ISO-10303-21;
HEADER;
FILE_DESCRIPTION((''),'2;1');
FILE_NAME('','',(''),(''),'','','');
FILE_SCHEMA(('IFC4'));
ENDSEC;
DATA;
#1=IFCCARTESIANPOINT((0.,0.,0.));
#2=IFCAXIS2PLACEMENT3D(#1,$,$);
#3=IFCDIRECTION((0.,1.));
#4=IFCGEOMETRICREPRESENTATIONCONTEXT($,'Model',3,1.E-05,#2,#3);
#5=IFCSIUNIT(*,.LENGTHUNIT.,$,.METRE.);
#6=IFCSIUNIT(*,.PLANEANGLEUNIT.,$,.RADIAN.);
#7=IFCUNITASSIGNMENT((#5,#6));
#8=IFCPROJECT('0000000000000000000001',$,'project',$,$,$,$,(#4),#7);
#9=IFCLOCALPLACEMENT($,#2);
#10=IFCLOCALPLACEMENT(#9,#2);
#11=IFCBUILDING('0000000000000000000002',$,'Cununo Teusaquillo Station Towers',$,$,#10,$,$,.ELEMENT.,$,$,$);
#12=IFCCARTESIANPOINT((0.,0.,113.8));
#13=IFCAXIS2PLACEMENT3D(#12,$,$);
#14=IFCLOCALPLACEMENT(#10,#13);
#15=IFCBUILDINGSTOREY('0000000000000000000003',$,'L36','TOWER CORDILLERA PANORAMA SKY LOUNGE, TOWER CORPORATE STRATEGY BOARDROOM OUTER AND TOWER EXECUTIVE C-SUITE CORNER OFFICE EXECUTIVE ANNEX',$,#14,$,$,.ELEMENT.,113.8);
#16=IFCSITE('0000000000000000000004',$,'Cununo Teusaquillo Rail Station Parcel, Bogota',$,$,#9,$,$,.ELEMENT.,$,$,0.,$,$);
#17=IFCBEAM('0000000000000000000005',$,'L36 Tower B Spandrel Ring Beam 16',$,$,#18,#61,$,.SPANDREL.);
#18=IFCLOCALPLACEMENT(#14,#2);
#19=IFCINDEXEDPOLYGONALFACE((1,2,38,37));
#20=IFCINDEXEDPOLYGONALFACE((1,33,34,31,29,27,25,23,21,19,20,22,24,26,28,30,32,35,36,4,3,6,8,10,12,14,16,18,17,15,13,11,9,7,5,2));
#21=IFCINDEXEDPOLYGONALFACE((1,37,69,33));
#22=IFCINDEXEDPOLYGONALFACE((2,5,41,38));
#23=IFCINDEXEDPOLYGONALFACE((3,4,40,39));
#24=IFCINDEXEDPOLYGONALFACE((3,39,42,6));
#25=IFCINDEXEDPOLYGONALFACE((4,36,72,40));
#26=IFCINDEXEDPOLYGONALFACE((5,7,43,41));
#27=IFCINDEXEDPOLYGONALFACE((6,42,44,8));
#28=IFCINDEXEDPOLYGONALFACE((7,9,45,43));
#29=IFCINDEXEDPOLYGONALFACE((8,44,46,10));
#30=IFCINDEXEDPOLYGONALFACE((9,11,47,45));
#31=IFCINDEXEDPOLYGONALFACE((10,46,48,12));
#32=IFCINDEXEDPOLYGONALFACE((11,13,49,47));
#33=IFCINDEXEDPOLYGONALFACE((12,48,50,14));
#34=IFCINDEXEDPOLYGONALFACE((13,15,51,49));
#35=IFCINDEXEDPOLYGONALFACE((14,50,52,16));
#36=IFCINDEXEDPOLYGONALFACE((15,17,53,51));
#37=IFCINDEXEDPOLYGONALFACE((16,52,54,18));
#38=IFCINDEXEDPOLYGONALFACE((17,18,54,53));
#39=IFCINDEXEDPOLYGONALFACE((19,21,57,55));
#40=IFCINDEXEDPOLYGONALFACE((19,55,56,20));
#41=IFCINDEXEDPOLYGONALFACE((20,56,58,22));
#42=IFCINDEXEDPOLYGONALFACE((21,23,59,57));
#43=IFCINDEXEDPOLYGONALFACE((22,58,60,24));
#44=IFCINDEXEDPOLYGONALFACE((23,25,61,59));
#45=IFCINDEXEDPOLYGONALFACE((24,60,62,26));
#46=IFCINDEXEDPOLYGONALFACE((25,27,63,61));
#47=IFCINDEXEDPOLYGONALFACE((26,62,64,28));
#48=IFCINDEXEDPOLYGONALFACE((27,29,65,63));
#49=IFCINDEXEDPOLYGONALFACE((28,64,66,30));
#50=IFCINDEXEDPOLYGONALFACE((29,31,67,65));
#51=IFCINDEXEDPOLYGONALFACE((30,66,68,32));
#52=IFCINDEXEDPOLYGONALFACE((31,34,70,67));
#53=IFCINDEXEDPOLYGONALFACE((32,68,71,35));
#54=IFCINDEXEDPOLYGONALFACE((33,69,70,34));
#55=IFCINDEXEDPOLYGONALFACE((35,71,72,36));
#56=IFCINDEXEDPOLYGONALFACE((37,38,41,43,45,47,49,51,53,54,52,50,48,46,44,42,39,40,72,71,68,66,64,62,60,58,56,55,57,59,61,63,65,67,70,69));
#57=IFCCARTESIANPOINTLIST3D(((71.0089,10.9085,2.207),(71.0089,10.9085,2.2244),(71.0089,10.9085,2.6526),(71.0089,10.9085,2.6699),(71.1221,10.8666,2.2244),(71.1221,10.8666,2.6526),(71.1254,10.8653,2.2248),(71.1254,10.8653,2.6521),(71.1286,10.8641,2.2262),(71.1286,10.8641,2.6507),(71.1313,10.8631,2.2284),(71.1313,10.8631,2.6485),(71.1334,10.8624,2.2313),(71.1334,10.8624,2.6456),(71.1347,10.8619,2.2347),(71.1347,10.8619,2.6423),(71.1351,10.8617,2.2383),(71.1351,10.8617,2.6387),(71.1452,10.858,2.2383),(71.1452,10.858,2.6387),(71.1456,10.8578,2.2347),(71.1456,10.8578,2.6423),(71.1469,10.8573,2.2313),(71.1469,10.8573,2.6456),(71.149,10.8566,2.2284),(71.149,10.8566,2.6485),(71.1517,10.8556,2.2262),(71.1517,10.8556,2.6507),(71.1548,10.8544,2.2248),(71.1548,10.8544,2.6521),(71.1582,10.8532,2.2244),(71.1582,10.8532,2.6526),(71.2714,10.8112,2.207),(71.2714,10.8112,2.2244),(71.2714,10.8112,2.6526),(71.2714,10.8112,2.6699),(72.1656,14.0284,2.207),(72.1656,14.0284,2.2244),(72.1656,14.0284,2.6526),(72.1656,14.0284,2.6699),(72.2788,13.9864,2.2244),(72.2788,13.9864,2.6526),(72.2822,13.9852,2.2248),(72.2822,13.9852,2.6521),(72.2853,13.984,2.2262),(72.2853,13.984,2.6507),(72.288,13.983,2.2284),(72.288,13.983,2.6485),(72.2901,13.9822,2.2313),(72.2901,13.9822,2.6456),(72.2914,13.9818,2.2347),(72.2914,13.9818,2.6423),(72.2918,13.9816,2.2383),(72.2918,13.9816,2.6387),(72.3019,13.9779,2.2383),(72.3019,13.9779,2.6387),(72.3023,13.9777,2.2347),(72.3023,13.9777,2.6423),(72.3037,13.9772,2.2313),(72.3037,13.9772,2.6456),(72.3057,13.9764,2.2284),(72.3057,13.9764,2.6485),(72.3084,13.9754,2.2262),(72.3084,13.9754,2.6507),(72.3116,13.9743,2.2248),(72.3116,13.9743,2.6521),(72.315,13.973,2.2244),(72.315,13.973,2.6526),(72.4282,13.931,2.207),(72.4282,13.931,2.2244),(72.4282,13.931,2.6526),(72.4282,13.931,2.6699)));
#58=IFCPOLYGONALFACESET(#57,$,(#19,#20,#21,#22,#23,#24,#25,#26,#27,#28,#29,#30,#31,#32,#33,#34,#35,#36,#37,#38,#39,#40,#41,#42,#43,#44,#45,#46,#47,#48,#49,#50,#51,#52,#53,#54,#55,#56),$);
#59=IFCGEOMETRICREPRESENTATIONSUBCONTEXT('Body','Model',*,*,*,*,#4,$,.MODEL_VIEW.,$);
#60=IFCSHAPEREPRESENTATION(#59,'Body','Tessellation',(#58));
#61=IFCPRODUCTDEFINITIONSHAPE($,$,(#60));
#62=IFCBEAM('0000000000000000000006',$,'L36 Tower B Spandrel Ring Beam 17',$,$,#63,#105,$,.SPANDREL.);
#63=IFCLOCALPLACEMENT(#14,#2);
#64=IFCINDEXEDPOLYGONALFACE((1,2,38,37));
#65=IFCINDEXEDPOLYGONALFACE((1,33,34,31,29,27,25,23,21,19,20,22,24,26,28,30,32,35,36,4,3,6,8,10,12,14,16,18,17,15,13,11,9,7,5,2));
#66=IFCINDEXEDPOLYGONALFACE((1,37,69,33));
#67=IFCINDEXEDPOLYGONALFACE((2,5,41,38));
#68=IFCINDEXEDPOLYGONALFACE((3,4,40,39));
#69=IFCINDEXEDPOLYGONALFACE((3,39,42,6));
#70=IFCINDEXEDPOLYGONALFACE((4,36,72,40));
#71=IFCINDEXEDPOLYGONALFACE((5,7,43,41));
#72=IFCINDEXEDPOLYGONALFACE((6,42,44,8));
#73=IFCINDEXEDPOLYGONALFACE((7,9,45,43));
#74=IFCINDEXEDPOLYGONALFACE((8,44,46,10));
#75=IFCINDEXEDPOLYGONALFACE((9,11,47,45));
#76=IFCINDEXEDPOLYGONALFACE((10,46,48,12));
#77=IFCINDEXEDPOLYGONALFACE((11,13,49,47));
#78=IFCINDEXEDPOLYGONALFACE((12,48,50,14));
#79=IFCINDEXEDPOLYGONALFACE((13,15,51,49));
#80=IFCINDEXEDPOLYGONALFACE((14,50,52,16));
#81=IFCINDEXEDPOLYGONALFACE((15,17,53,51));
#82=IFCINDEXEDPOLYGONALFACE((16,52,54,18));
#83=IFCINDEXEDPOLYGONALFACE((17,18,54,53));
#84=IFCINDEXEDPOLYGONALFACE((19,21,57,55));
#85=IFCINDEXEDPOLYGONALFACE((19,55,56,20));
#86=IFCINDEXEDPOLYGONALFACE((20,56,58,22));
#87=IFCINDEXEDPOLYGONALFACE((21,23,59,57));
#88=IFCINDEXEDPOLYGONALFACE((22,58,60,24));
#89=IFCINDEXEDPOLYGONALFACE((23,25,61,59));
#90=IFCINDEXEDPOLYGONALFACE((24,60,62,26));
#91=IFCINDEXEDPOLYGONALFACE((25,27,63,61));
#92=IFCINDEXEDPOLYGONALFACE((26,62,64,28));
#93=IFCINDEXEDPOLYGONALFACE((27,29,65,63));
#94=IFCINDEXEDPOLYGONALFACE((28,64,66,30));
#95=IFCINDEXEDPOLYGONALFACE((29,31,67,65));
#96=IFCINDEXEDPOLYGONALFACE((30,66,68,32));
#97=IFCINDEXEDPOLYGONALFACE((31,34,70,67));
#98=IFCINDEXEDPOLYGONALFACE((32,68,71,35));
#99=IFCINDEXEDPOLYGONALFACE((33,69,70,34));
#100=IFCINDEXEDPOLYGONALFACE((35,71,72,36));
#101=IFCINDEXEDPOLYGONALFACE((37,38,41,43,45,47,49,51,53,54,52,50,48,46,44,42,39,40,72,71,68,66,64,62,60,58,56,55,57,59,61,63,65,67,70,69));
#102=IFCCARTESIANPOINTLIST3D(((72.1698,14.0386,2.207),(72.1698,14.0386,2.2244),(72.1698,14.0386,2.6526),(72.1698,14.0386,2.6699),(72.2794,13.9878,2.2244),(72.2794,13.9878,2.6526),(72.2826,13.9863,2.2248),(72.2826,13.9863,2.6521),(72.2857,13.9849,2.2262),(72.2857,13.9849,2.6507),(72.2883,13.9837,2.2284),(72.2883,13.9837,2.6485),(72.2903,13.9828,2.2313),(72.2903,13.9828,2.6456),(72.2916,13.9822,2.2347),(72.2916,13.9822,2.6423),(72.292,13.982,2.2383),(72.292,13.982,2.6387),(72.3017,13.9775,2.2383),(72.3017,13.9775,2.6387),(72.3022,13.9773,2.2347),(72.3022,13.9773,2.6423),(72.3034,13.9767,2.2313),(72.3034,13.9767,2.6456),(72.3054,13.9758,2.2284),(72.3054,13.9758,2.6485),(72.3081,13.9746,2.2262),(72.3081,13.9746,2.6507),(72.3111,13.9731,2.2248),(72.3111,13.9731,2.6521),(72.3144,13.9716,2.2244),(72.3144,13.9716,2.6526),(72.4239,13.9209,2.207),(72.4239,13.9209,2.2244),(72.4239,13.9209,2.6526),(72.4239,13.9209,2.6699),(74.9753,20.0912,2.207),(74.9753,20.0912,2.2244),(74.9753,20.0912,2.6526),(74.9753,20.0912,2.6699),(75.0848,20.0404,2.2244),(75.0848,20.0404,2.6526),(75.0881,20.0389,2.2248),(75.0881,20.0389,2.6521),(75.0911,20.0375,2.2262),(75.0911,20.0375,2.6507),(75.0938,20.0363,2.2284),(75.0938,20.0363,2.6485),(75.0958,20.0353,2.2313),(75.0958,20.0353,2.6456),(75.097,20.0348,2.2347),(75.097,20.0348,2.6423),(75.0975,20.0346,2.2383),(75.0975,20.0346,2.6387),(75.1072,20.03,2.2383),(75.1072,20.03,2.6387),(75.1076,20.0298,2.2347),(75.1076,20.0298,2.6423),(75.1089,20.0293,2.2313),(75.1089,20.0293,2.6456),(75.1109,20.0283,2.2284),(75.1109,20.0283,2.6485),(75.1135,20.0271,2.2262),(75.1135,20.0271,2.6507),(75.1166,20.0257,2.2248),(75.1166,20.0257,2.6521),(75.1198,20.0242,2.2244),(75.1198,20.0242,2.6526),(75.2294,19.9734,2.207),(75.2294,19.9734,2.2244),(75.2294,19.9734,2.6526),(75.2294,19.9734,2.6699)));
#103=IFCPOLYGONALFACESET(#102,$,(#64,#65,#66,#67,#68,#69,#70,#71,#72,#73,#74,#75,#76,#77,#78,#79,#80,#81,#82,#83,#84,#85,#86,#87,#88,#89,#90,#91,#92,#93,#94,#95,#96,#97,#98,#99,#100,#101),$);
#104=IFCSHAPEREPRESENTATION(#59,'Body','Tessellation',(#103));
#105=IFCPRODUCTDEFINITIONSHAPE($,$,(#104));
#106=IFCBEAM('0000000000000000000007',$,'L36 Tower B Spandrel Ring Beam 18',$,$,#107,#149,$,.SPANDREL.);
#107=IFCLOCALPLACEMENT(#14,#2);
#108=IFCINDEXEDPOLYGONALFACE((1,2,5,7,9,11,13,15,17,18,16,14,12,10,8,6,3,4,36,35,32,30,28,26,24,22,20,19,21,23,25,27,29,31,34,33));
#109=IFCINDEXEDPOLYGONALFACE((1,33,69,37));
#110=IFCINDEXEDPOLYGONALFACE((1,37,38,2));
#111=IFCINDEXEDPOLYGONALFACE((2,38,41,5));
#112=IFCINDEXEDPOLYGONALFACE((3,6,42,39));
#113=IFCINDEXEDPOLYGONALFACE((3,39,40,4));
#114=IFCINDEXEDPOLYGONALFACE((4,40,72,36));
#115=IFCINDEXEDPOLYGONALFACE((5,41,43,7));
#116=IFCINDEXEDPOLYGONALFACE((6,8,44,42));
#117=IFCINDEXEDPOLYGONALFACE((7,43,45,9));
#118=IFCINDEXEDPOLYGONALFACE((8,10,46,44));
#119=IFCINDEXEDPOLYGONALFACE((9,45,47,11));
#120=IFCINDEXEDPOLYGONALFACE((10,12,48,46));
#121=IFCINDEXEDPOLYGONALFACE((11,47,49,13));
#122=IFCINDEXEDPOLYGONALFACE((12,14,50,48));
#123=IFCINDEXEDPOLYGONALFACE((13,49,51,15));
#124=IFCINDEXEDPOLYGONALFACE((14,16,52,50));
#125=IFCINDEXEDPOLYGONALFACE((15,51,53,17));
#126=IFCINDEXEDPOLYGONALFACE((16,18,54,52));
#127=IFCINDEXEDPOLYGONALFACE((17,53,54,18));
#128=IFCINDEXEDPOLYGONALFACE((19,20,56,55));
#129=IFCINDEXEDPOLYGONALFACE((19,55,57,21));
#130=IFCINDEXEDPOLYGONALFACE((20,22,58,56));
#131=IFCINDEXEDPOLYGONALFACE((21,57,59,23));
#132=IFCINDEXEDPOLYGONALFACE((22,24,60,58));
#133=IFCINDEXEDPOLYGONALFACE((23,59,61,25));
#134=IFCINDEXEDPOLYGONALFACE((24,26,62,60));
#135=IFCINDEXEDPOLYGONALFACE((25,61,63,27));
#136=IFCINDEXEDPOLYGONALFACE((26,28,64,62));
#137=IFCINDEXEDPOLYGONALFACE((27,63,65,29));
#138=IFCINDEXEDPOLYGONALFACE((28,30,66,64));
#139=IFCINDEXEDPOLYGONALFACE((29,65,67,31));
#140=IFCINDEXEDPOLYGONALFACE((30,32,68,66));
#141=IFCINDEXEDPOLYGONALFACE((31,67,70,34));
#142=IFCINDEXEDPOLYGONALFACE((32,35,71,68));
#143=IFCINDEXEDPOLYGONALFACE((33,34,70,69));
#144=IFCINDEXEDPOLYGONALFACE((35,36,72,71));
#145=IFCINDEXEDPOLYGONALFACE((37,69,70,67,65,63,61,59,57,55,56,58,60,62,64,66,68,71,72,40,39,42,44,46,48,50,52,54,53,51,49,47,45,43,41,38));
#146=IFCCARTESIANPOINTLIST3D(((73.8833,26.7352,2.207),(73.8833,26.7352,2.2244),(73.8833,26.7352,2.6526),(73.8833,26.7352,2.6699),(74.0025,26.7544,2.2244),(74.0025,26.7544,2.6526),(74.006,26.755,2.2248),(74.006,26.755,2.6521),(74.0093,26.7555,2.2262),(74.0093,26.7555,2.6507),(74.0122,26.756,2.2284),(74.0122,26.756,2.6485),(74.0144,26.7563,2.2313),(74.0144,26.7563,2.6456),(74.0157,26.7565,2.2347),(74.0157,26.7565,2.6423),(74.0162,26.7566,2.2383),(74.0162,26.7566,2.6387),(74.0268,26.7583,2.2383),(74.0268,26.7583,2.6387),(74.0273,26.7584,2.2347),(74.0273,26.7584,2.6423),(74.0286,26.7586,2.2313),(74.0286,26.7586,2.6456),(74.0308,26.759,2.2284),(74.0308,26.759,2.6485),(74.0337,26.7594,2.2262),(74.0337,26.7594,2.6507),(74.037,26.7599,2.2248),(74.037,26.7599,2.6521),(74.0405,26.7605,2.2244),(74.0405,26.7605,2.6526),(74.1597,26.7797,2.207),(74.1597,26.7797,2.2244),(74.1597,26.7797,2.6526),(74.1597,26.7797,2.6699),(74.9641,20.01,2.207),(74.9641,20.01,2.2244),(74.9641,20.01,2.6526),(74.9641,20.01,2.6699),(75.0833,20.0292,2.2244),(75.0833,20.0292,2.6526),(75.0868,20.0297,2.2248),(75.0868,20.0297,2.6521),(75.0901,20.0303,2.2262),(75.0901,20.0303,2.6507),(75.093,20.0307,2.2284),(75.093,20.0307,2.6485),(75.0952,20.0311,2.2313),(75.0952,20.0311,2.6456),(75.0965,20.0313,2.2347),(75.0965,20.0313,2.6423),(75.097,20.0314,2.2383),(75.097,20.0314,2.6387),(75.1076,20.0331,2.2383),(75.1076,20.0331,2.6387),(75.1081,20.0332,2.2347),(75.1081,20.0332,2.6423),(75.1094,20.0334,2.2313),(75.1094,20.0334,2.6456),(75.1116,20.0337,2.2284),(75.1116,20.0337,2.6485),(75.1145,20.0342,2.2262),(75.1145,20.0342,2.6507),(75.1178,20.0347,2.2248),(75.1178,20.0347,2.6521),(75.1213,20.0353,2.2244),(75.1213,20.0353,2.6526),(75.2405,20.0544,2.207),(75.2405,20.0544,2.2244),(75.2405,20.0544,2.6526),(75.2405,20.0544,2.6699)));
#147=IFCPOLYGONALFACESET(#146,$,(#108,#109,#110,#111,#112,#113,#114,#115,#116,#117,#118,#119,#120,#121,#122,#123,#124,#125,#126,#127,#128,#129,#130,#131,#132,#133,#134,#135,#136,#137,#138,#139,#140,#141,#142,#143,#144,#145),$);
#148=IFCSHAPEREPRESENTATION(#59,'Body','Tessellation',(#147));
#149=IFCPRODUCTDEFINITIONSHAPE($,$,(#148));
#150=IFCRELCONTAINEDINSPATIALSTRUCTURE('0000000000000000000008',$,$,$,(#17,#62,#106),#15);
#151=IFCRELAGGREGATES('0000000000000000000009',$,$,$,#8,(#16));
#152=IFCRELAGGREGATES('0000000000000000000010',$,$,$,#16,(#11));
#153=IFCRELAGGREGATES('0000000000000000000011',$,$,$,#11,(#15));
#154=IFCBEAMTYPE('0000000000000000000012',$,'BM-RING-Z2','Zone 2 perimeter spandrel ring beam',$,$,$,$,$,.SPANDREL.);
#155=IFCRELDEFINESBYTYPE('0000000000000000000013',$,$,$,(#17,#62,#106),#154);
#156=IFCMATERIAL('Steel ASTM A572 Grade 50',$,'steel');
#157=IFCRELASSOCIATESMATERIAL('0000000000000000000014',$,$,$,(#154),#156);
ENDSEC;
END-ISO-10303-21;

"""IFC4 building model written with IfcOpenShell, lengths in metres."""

from ifc_helpers import new_model, si_unit, direction, frame, origin, origin_2d, place, context, subcontext, project, spatial, i_section, extrude, material, material_profile, profile_set, type_object, element, save


model = new_model("IFC4")

# Units and contexts
model_context = context("Model", 3, precision=1e-05, world=origin(), true_north=direction((0.0, 1.0)))
body_context = subcontext(model_context, "Body", "Model", "MODEL_VIEW")
ifc_project = project(units=[si_unit("LENGTHUNIT", "METRE"), si_unit("PLANEANGLEUNIT", "RADIAN")], contexts=[model_context])

# Site, building, storey
site_placement = place(None, origin())
site = spatial("IfcSite", under=ifc_project, at=site_placement, Name="Cununo Teusaquillo Rail Station Parcel, Bogota", CompositionType="ELEMENT", RefElevation=0.0)
building_placement = place(site_placement, origin())
building = spatial("IfcBuilding", under=site, at=building_placement, Name="Cununo Teusaquillo Station Towers", CompositionType="ELEMENT")
storey_placement = place(building_placement, frame((0.0, 0.0, 113.8)))
storey = spatial("IfcBuildingStorey", under=building, at=storey_placement, Name="L36", Description="TOWER CORDILLERA PANORAMA SKY LOUNGE, TOWER CORPORATE STRATEGY BOARDROOM OUTER AND TOWER EXECUTIVE C-SUITE CORNER OFFICE EXECUTIVE ANNEX", CompositionType="ELEMENT", Elevation=113.8)

# Beams
ifc_material_1 = material(Name="Steel ASTM A572 Grade 50", Category="steel")
ifc_material_profile_1 = material_profile(ifc_material_1, i_section(OverallWidth=0.28, OverallDepth=0.4629, WebThickness=0.0107, FlangeThickness=0.0173, FilletRadius=0.0139, at=origin_2d()), Name="W18X76")
ifc_profile_set_1 = profile_set([ifc_material_profile_1], Name="Steel ASTM A572 Grade 50")
beam_type_1 = type_object("IfcBeamType", Name="BM-RING-Z2", Description="Zone 2 perimeter spandrel ring beam", PredefinedType="SPANDREL", material=ifc_profile_set_1)
for number, where, z_axis, x_axis, name in (
    (1, (71.1401, 10.8599, 2.4385), (0.347639, 0.937628, 0.0), (-0.937628, 0.347639, 0.0), "L36 Tower B Spandrel Ring Beam 16"),
):
    element("IfcBeam", number, at=place(storey_placement, frame(where, z_axis=z_axis, x_axis=x_axis)), inside=storey, type_object=beam_type_1, Name=name, PredefinedType="SPANDREL", context=body_context, shape_type="SweptSolid", body=[
        extrude(i_section(OverallWidth=0.28, OverallDepth=0.4629, WebThickness=0.0107, FlangeThickness=0.0173, FilletRadius=0.0139, at=origin_2d()), origin(), (0.0, 0.0, 1.0), 3.3274),
    ])
beam_1_placement = place(storey_placement, frame((72.2969, 13.9797, 2.4385), z_axis=(0.420536, 0.907276, 0.0), x_axis=(-0.907276, 0.420536, 0.0)))
element("IfcBeam", 2, at=beam_1_placement, inside=storey, type_object=beam_type_1, Name="L36 Tower B Spandrel Ring Beam 17", PredefinedType="SPANDREL", context=body_context, shape_type="SweptSolid", body=[
    extrude(i_section(OverallWidth=0.28, OverallDepth=0.4629, WebThickness=0.0107, FlangeThickness=0.0173, FilletRadius=0.0139, at=origin_2d()), origin(), (0.0, 0.0, 1.0), 6.6711),
])
beam_2_placement = place(storey_placement, frame((75.1023, 20.0322, 2.4385), z_axis=(-0.158671, 0.987331, 0.0), x_axis=(-0.987331, -0.158671, 0.0)))
element("IfcBeam", 3, at=beam_2_placement, inside=storey, type_object=beam_type_1, Name="L36 Tower B Spandrel Ring Beam 18", PredefinedType="SPANDREL", context=body_context, shape_type="SweptSolid", body=[
    extrude(i_section(OverallWidth=0.28, OverallDepth=0.4629, WebThickness=0.0107, FlangeThickness=0.0173, FilletRadius=0.0139, at=origin_2d()), origin(), (0.0, 0.0, 1.0), 6.8115),
])

save(model, "model.ifc")
